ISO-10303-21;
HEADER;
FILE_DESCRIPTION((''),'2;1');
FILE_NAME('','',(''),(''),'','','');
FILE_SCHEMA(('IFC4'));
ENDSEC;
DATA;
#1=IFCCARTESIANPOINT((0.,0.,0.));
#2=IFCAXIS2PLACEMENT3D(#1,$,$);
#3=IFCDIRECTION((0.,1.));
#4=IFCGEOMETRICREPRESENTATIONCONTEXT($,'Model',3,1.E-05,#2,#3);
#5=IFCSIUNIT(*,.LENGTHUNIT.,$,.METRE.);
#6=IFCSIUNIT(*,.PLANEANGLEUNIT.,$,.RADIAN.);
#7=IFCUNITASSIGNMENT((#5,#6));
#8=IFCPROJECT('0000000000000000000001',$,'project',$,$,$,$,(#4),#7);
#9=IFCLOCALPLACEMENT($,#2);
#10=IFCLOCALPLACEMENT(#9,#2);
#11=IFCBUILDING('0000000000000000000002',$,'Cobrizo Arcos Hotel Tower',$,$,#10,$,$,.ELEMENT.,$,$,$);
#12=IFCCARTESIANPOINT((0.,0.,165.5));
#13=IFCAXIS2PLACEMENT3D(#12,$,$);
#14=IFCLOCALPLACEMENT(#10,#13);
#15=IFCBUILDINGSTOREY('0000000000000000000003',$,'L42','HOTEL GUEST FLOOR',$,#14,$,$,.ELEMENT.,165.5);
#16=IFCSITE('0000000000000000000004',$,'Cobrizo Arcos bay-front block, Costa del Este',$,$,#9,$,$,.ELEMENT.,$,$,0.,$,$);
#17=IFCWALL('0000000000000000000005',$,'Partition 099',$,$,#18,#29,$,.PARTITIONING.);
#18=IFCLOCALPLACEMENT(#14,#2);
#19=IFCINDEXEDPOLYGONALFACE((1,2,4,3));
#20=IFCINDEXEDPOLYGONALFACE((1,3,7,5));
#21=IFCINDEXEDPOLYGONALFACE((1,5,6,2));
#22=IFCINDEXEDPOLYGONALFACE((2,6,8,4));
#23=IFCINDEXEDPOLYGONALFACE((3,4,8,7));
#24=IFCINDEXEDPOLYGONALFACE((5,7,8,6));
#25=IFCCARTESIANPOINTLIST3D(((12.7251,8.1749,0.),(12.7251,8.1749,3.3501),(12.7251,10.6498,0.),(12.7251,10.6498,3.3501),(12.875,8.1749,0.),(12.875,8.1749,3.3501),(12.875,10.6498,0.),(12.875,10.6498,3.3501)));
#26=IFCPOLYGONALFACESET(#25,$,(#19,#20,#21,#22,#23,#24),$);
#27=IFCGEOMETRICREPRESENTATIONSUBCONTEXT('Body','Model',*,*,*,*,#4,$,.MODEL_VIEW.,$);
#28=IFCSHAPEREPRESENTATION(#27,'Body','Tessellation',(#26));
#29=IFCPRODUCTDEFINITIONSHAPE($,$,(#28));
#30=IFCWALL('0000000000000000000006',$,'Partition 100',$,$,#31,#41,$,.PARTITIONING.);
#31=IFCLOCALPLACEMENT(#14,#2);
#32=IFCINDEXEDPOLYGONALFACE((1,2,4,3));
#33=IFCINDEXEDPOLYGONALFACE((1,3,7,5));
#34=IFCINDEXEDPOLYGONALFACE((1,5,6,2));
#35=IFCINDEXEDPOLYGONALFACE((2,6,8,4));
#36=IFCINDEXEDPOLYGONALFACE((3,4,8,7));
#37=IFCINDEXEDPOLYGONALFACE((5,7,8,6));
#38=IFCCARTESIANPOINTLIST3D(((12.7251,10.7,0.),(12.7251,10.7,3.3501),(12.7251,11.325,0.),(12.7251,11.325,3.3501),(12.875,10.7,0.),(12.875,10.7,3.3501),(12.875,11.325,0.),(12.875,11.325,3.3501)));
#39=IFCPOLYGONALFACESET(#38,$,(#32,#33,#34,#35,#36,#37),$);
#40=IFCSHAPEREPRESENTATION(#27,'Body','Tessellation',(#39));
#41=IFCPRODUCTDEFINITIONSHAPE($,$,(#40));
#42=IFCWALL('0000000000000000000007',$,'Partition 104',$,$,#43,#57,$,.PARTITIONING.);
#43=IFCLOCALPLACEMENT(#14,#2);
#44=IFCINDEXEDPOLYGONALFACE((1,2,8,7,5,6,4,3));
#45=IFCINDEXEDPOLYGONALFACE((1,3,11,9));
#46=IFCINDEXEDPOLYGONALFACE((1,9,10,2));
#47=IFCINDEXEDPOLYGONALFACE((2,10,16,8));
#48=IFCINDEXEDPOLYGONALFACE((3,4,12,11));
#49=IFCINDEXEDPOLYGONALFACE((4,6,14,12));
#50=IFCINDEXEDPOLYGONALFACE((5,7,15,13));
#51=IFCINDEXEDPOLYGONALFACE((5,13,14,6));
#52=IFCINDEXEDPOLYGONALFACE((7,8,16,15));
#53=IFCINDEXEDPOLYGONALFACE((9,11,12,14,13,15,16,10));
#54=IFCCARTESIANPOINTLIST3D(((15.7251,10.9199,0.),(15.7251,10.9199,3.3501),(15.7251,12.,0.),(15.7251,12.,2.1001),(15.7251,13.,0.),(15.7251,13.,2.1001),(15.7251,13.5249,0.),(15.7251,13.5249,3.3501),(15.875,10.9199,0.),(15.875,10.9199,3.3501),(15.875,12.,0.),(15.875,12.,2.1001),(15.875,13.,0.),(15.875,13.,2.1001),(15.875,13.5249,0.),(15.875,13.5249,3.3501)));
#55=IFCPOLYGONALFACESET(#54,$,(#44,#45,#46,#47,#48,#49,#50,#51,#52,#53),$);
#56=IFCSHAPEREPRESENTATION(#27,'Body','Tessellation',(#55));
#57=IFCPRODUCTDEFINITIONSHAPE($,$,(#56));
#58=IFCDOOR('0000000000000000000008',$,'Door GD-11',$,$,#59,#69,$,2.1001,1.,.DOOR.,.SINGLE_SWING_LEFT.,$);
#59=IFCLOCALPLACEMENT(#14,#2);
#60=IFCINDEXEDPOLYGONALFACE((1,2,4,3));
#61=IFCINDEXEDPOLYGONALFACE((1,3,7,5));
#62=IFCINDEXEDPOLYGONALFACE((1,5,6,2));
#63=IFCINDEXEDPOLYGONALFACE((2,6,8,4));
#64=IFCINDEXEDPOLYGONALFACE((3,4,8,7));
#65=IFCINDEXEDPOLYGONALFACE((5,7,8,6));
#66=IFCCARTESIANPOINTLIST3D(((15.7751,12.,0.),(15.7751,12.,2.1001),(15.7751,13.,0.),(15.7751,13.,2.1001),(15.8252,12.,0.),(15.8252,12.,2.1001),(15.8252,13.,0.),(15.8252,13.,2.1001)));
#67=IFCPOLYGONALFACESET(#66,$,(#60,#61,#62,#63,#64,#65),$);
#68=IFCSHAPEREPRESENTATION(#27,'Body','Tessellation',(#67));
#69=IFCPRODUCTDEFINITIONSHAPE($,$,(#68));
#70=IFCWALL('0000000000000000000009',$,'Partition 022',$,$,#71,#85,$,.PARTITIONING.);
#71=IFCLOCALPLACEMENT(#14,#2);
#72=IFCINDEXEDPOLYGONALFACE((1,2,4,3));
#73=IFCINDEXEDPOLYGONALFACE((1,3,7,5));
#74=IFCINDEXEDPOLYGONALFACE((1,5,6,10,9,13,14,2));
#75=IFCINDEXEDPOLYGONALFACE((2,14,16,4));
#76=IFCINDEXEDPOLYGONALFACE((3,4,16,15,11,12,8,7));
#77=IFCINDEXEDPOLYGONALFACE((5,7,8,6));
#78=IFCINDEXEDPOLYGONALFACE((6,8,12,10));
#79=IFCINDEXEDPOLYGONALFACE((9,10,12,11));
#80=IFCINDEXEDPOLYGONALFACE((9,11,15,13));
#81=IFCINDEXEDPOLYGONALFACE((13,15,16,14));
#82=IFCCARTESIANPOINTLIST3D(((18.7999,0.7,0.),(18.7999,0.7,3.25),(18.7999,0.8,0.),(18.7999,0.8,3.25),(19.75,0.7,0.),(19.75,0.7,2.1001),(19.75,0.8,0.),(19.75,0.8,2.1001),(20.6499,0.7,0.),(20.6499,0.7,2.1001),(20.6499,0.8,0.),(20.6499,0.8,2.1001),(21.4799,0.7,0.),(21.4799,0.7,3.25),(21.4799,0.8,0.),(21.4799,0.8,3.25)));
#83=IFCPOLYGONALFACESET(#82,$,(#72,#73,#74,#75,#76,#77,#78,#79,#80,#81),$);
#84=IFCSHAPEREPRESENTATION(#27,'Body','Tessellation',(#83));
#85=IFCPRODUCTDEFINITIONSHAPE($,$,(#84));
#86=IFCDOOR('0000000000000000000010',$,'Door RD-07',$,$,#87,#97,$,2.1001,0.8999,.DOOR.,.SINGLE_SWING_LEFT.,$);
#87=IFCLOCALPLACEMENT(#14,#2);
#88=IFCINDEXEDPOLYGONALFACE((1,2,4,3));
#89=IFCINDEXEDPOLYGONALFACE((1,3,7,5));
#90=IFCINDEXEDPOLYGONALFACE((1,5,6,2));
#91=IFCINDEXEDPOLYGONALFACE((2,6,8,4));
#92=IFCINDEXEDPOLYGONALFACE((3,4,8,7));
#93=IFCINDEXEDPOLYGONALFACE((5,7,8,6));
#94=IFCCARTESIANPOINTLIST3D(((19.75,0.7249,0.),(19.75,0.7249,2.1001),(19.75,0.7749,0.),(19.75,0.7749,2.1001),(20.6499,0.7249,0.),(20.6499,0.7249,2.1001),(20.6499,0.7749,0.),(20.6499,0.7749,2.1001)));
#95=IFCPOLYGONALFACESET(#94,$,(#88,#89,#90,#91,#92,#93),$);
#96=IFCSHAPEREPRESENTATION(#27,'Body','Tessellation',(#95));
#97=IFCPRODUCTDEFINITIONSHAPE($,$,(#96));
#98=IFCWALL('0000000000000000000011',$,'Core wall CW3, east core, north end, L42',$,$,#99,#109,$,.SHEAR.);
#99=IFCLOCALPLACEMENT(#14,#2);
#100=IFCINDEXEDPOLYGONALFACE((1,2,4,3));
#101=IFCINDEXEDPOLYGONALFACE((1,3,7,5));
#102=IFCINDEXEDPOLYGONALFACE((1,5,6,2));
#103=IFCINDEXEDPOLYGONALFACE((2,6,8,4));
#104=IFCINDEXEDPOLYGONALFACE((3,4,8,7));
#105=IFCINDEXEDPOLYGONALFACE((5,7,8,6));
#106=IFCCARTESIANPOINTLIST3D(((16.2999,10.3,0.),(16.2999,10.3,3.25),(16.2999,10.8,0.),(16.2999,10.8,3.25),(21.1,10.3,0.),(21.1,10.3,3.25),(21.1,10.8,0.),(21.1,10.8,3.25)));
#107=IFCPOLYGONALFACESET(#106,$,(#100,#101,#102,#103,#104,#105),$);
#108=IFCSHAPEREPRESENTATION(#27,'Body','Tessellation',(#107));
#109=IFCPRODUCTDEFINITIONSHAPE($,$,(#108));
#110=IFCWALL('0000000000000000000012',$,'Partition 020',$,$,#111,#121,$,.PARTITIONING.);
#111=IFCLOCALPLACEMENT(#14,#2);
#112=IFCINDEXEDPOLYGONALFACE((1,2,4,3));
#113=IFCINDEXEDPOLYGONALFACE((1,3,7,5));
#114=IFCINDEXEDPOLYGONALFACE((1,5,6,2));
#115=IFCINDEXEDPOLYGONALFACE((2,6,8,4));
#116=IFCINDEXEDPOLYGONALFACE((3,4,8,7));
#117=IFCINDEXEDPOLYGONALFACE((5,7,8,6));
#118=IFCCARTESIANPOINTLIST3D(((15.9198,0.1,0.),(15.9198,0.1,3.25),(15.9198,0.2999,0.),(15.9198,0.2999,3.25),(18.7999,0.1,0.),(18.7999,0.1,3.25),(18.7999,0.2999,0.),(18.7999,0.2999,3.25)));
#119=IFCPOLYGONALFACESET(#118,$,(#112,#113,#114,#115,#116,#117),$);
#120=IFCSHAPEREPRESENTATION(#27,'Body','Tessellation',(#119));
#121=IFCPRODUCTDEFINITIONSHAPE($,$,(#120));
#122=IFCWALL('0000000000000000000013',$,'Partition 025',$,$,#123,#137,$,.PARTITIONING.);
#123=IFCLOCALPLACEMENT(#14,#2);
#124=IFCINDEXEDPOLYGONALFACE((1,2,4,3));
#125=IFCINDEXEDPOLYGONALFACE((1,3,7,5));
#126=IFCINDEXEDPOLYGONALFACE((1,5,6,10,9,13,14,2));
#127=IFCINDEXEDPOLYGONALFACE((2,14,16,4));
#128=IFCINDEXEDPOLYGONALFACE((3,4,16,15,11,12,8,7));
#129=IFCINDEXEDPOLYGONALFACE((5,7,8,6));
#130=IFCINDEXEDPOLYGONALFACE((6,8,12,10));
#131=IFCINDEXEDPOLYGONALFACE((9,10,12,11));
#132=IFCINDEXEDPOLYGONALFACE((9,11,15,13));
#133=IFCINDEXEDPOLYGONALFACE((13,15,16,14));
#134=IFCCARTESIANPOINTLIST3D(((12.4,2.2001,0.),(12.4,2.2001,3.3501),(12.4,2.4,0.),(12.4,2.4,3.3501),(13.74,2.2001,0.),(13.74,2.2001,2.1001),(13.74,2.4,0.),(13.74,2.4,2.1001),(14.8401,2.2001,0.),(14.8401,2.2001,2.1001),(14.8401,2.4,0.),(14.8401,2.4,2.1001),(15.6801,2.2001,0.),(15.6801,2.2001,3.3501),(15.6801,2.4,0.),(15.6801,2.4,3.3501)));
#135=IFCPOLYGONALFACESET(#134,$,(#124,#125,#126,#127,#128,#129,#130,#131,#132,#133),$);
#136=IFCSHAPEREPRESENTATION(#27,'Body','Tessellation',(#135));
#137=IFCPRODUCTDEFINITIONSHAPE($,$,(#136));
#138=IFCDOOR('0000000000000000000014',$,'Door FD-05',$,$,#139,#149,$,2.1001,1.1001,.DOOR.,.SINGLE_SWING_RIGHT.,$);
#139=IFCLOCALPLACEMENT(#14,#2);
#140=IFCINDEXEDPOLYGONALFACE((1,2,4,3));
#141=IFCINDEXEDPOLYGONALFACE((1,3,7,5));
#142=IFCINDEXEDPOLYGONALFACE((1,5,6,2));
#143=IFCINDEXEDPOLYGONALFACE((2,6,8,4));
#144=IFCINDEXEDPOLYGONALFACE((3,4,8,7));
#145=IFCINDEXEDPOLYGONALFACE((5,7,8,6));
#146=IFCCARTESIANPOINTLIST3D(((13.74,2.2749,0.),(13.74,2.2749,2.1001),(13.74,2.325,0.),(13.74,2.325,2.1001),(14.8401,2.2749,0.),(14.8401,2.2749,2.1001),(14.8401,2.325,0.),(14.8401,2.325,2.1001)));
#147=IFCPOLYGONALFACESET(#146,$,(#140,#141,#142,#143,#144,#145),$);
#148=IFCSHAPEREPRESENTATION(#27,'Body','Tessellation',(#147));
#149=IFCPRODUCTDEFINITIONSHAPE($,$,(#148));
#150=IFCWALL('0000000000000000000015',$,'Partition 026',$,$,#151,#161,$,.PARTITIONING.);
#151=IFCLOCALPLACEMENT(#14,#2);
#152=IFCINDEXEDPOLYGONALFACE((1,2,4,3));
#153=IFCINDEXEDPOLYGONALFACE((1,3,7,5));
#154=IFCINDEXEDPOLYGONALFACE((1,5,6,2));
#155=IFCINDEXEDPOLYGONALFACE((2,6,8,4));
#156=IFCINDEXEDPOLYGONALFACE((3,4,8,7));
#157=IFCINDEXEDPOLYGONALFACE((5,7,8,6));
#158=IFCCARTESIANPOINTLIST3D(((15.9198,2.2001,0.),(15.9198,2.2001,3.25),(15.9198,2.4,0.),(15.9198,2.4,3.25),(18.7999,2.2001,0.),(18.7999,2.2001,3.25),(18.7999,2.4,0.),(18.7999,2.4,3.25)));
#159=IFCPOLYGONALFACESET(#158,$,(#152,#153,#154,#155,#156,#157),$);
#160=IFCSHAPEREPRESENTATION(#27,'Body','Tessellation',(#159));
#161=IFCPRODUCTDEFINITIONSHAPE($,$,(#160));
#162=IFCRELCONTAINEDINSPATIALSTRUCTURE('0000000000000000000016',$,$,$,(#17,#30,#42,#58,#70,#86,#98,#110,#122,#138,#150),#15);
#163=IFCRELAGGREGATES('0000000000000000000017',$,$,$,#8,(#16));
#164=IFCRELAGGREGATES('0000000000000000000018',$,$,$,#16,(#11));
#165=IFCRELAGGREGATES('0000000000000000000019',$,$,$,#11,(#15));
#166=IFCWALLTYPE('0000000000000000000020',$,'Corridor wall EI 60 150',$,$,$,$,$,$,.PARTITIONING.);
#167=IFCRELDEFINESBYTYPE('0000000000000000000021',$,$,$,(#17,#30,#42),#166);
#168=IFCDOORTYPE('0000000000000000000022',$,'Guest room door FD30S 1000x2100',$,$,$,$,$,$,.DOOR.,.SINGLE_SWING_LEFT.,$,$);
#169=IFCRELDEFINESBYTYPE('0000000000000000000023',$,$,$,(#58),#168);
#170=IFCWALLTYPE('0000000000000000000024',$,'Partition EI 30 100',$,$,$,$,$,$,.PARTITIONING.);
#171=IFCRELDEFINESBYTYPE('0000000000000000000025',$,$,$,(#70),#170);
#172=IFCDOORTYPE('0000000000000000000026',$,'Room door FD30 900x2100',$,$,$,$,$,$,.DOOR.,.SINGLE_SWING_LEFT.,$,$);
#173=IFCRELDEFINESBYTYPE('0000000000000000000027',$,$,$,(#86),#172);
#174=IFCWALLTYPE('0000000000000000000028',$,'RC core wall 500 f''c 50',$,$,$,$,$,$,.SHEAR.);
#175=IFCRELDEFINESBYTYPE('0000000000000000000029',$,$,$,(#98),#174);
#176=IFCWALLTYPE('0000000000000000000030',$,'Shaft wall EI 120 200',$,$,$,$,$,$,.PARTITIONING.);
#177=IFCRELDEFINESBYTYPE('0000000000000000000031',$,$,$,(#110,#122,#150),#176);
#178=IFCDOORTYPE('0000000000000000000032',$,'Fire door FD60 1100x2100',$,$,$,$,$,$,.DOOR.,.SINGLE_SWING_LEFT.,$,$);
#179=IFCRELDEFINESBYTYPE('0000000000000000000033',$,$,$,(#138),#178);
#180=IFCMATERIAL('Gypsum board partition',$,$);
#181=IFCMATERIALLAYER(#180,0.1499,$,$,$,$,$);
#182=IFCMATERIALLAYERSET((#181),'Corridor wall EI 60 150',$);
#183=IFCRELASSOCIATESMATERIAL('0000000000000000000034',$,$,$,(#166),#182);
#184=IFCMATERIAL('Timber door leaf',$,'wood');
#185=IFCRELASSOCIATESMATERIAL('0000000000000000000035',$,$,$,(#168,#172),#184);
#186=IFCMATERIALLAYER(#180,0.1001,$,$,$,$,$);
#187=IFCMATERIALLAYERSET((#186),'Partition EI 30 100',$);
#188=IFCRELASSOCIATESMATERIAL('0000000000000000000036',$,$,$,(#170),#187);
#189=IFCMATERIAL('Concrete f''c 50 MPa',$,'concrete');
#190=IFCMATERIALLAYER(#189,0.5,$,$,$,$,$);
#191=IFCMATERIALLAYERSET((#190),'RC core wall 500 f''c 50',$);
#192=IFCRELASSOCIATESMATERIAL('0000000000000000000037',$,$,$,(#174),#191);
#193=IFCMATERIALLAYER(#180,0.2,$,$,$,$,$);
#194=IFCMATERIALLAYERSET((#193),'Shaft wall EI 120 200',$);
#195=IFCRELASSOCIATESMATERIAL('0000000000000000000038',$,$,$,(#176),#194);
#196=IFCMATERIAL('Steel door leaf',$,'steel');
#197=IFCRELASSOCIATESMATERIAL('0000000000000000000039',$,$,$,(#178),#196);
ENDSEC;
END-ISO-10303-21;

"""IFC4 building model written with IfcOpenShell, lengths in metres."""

from ifc_helpers import new_model, si_unit, direction, frame, frame_2d, origin, place, context, subcontext, project, spatial, rectangle, extrude, material, layer, layer_set, type_object, element, fill, save


model = new_model("IFC4")

# Units and contexts
model_context = context("Model", 3, precision=1e-05, world=origin(), true_north=direction((0.0, 1.0)))
body_context = subcontext(model_context, "Body", "Model", "MODEL_VIEW")
ifc_project = project(units=[si_unit("LENGTHUNIT", "METRE"), si_unit("PLANEANGLEUNIT", "RADIAN")], contexts=[model_context])

# Site, building, storey
site_placement = place(None, origin())
site = spatial("IfcSite", under=ifc_project, at=site_placement, Name="Cobrizo Arcos bay-front block, Costa del Este", CompositionType="ELEMENT", RefElevation=0.0)
building_placement = place(site_placement, origin())
building = spatial("IfcBuilding", under=site, at=building_placement, Name="Cobrizo Arcos Hotel Tower", CompositionType="ELEMENT")
storey_placement = place(building_placement, frame((0.0, 0.0, 165.5)))
storey = spatial("IfcBuildingStorey", under=building, at=storey_placement, Name="L42", Description="HOTEL GUEST FLOOR", CompositionType="ELEMENT", Elevation=165.5)

# Walls
ifc_material_1 = material(Name="Gypsum board partition")
ifc_layer_1 = layer(ifc_material_1, 0.1499)
ifc_layer_set_1 = layer_set([ifc_layer_1], Name="Corridor wall EI 60 150")
wall_type_1 = type_object("IfcWallType", Name="Corridor wall EI 60 150", PredefinedType="PARTITIONING", material=ifc_layer_set_1)
wall_1_placement = place(storey_placement, frame((12.8, 8.175, 0.0), z_axis=(0.0, 0.0, 1.0), x_axis=(0.0, 1.0, 0.0)))
element("IfcWall", 1, at=wall_1_placement, inside=storey, type_object=wall_type_1, Name="Partition 099", PredefinedType="PARTITIONING", context=body_context, shape_type="SweptSolid", body=[
    extrude(rectangle(XDim=2.4749, YDim=0.1499, at=frame_2d((1.2373, 0.0))), origin(), (0.0, 0.0, 1.0), 3.3501),
])
wall_2_placement = place(storey_placement, frame((12.8, 10.7, 0.0), z_axis=(0.0, 0.0, 1.0), x_axis=(0.0, 1.0, 0.0)))
element("IfcWall", 2, at=wall_2_placement, inside=storey, type_object=wall_type_1, Name="Partition 100", PredefinedType="PARTITIONING", context=body_context, shape_type="SweptSolid", body=[
    extrude(rectangle(XDim=0.625, YDim=0.1499, at=frame_2d((0.3125, 0.0))), origin(), (0.0, 0.0, 1.0), 3.3501),
])

# Walls, openings, doors
wall_3_placement = place(storey_placement, frame((15.8, 10.9199, 0.0), z_axis=(0.0, 0.0, 1.0), x_axis=(0.0, 1.0, 0.0)))
wall_3 = element("IfcWall", 3, at=wall_3_placement, inside=storey, type_object=wall_type_1, Name="Partition 104", PredefinedType="PARTITIONING", context=body_context, shape_type="SweptSolid", body=[
    extrude(rectangle(XDim=2.605, YDim=0.1499, at=frame_2d((1.3025, 0.0))), origin(), (0.0, 0.0, 1.0), 3.3501),
])
opening_1_placement = place(wall_3_placement, frame((1.0801, 0.0, 0.0)))
opening_1 = element("IfcOpeningElement", 4, at=opening_1_placement, cuts=wall_3, PredefinedType="OPENING", context=body_context, shape_type="SweptSolid", body=[
    extrude(rectangle(XDim=1.0, YDim=2.1001, at=frame_2d((0.5, 1.05))), frame((0.0, 0.0869, 0.0), z_axis=(0.0, -1.0, 0.0), x_axis=(1.0, 0.0, 0.0)), (0.0, 0.0, 1.0), 0.1738),
])
ifc_material_2 = material(Name="Timber door leaf", Category="wood")
door_type_1 = type_object("IfcDoorType", Name="Guest room door FD30S 1000x2100", OperationType="SINGLE_SWING_LEFT", PredefinedType="DOOR", material=ifc_material_2)
door_1_placement = place(opening_1_placement, origin())
door_1 = element("IfcDoor", 5, at=door_1_placement, inside=storey, type_object=door_type_1, Name="Door GD-11", OperationType="SINGLE_SWING_LEFT", OverallHeight=2.1001, OverallWidth=1.0, PredefinedType="DOOR", context=body_context, shape_type="SweptSolid", body=[
    extrude(rectangle(XDim=1.0, YDim=2.1001, at=frame_2d((0.5, 1.05))), frame((0.0, 0.0249, 0.0), z_axis=(0.0, -1.0, 0.0), x_axis=(1.0, 0.0, 0.0)), (0.0, 0.0, 1.0), 0.05),
])
fill(opening_1, door_1)
ifc_layer_2 = layer(ifc_material_1, 0.1001)
ifc_layer_set_2 = layer_set([ifc_layer_2], Name="Partition EI 30 100")
wall_type_2 = type_object("IfcWallType", Name="Partition EI 30 100", PredefinedType="PARTITIONING", material=ifc_layer_set_2)
wall_4_placement = place(storey_placement, frame((18.8, 0.75, 0.0), z_axis=(0.0, 0.0, 1.0), x_axis=(1.0, 0.0, 0.0)))
wall_4 = element("IfcWall", 6, at=wall_4_placement, inside=storey, type_object=wall_type_2, Name="Partition 022", PredefinedType="PARTITIONING", context=body_context, shape_type="SweptSolid", body=[
    extrude(rectangle(XDim=2.6799, YDim=0.1001, at=frame_2d((1.3398, 0.0))), origin(), (0.0, 0.0, 1.0), 3.25),
])
opening_2_placement = place(wall_4_placement, frame((0.95, 0.0, 0.0)))
opening_2 = element("IfcOpeningElement", 7, at=opening_2_placement, cuts=wall_4, PredefinedType="OPENING", context=body_context, shape_type="SweptSolid", body=[
    extrude(rectangle(XDim=0.8999, YDim=2.1001, at=frame_2d((0.45, 1.05))), frame((0.0, 0.062, 0.0), z_axis=(0.0, -1.0, 0.0), x_axis=(1.0, 0.0, 0.0)), (0.0, 0.0, 1.0), 0.124),
])
door_type_2 = type_object("IfcDoorType", Name="Room door FD30 900x2100", OperationType="SINGLE_SWING_LEFT", PredefinedType="DOOR", material=ifc_material_2)
door_2_placement = place(opening_2_placement, origin())
door_2 = element("IfcDoor", 8, at=door_2_placement, inside=storey, type_object=door_type_2, Name="Door RD-07", OperationType="SINGLE_SWING_LEFT", OverallHeight=2.1001, OverallWidth=0.8999, PredefinedType="DOOR", context=body_context, shape_type="SweptSolid", body=[
    extrude(rectangle(XDim=0.8999, YDim=2.1001, at=frame_2d((0.45, 1.05))), frame((0.0, 0.0249, 0.0), z_axis=(0.0, -1.0, 0.0), x_axis=(1.0, 0.0, 0.0)), (0.0, 0.0, 1.0), 0.05),
])
fill(opening_2, door_2)

# Walls
ifc_material_3 = material(Name="Concrete f'c 50 MPa", Category="concrete")
ifc_layer_3 = layer(ifc_material_3, 0.5)
ifc_layer_set_3 = layer_set([ifc_layer_3], Name="RC core wall 500 f'c 50")
wall_type_3 = type_object("IfcWallType", Name="RC core wall 500 f'c 50", PredefinedType="SHEAR", material=ifc_layer_set_3)
wall_5_placement = place(storey_placement, frame((16.3, 10.55, 0.0), z_axis=(0.0, 0.0, 1.0), x_axis=(1.0, 0.0, 0.0)))
element("IfcWall", 9, at=wall_5_placement, inside=storey, type_object=wall_type_3, Name="Core wall CW3, east core, north end, L42", PredefinedType="SHEAR", context=body_context, shape_type="SweptSolid", body=[
    extrude(rectangle(XDim=4.8, YDim=0.5, at=frame_2d((2.3999, 0.0))), origin(), (0.0, 0.0, 1.0), 3.25),
])
ifc_layer_4 = layer(ifc_material_1, 0.2)
ifc_layer_set_4 = layer_set([ifc_layer_4], Name="Shaft wall EI 120 200")
wall_type_4 = type_object("IfcWallType", Name="Shaft wall EI 120 200", PredefinedType="PARTITIONING", material=ifc_layer_set_4)
wall_6_placement = place(storey_placement, frame((15.9199, 0.2, 0.0), z_axis=(0.0, 0.0, 1.0), x_axis=(1.0, 0.0, 0.0)))
element("IfcWall", 10, at=wall_6_placement, inside=storey, type_object=wall_type_4, Name="Partition 020", PredefinedType="PARTITIONING", context=body_context, shape_type="SweptSolid", body=[
    extrude(rectangle(XDim=2.8801, YDim=0.2, at=frame_2d((1.4399, 0.0))), origin(), (0.0, 0.0, 1.0), 3.25),
])

# Wall, opening, door
wall_7_placement = place(storey_placement, frame((12.3999, 2.3, 0.0), z_axis=(0.0, 0.0, 1.0), x_axis=(1.0, 0.0, 0.0)))
wall_7 = element("IfcWall", 11, at=wall_7_placement, inside=storey, type_object=wall_type_4, Name="Partition 025", PredefinedType="PARTITIONING", context=body_context, shape_type="SweptSolid", body=[
    extrude(rectangle(XDim=3.28, YDim=0.2, at=frame_2d((1.6401, 0.0))), origin(), (0.0, 0.0, 1.0), 3.3501),
])
opening_3_placement = place(wall_7_placement, frame((1.3401, 0.0, 0.0)))
opening_3 = element("IfcOpeningElement", 12, at=opening_3_placement, cuts=wall_7, PredefinedType="OPENING", context=body_context, shape_type="SweptSolid", body=[
    extrude(rectangle(XDim=1.1001, YDim=2.1001, at=frame_2d((0.55, 1.05))), frame((0.0, 0.1121, 0.0), z_axis=(0.0, -1.0, 0.0), x_axis=(1.0, 0.0, 0.0)), (0.0, 0.0, 1.0), 0.2239),
])
ifc_material_4 = material(Name="Steel door leaf", Category="steel")
door_type_3 = type_object("IfcDoorType", Name="Fire door FD60 1100x2100", OperationType="SINGLE_SWING_LEFT", PredefinedType="DOOR", material=ifc_material_4)
door_3_placement = place(opening_3_placement, origin())
door_3 = element("IfcDoor", 13, at=door_3_placement, inside=storey, type_object=door_type_3, Name="Door FD-05", OperationType="SINGLE_SWING_RIGHT", OverallHeight=2.1001, OverallWidth=1.1001, PredefinedType="DOOR", context=body_context, shape_type="SweptSolid", body=[
    extrude(rectangle(XDim=1.1001, YDim=2.1001, at=frame_2d((0.55, 1.05))), frame((0.0, 0.0249, 0.0), z_axis=(0.0, -1.0, 0.0), x_axis=(1.0, 0.0, 0.0)), (0.0, 0.0, 1.0), 0.05),
])
fill(opening_3, door_3)

# Wall
wall_8_placement = place(storey_placement, frame((15.9199, 2.3, 0.0), z_axis=(0.0, 0.0, 1.0), x_axis=(1.0, 0.0, 0.0)))
element("IfcWall", 14, at=wall_8_placement, inside=storey, type_object=wall_type_4, Name="Partition 026", PredefinedType="PARTITIONING", context=body_context, shape_type="SweptSolid", body=[
    extrude(rectangle(XDim=2.8801, YDim=0.2, at=frame_2d((1.4399, 0.0))), origin(), (0.0, 0.0, 1.0), 3.25),
])

save(model, "model.ifc")
